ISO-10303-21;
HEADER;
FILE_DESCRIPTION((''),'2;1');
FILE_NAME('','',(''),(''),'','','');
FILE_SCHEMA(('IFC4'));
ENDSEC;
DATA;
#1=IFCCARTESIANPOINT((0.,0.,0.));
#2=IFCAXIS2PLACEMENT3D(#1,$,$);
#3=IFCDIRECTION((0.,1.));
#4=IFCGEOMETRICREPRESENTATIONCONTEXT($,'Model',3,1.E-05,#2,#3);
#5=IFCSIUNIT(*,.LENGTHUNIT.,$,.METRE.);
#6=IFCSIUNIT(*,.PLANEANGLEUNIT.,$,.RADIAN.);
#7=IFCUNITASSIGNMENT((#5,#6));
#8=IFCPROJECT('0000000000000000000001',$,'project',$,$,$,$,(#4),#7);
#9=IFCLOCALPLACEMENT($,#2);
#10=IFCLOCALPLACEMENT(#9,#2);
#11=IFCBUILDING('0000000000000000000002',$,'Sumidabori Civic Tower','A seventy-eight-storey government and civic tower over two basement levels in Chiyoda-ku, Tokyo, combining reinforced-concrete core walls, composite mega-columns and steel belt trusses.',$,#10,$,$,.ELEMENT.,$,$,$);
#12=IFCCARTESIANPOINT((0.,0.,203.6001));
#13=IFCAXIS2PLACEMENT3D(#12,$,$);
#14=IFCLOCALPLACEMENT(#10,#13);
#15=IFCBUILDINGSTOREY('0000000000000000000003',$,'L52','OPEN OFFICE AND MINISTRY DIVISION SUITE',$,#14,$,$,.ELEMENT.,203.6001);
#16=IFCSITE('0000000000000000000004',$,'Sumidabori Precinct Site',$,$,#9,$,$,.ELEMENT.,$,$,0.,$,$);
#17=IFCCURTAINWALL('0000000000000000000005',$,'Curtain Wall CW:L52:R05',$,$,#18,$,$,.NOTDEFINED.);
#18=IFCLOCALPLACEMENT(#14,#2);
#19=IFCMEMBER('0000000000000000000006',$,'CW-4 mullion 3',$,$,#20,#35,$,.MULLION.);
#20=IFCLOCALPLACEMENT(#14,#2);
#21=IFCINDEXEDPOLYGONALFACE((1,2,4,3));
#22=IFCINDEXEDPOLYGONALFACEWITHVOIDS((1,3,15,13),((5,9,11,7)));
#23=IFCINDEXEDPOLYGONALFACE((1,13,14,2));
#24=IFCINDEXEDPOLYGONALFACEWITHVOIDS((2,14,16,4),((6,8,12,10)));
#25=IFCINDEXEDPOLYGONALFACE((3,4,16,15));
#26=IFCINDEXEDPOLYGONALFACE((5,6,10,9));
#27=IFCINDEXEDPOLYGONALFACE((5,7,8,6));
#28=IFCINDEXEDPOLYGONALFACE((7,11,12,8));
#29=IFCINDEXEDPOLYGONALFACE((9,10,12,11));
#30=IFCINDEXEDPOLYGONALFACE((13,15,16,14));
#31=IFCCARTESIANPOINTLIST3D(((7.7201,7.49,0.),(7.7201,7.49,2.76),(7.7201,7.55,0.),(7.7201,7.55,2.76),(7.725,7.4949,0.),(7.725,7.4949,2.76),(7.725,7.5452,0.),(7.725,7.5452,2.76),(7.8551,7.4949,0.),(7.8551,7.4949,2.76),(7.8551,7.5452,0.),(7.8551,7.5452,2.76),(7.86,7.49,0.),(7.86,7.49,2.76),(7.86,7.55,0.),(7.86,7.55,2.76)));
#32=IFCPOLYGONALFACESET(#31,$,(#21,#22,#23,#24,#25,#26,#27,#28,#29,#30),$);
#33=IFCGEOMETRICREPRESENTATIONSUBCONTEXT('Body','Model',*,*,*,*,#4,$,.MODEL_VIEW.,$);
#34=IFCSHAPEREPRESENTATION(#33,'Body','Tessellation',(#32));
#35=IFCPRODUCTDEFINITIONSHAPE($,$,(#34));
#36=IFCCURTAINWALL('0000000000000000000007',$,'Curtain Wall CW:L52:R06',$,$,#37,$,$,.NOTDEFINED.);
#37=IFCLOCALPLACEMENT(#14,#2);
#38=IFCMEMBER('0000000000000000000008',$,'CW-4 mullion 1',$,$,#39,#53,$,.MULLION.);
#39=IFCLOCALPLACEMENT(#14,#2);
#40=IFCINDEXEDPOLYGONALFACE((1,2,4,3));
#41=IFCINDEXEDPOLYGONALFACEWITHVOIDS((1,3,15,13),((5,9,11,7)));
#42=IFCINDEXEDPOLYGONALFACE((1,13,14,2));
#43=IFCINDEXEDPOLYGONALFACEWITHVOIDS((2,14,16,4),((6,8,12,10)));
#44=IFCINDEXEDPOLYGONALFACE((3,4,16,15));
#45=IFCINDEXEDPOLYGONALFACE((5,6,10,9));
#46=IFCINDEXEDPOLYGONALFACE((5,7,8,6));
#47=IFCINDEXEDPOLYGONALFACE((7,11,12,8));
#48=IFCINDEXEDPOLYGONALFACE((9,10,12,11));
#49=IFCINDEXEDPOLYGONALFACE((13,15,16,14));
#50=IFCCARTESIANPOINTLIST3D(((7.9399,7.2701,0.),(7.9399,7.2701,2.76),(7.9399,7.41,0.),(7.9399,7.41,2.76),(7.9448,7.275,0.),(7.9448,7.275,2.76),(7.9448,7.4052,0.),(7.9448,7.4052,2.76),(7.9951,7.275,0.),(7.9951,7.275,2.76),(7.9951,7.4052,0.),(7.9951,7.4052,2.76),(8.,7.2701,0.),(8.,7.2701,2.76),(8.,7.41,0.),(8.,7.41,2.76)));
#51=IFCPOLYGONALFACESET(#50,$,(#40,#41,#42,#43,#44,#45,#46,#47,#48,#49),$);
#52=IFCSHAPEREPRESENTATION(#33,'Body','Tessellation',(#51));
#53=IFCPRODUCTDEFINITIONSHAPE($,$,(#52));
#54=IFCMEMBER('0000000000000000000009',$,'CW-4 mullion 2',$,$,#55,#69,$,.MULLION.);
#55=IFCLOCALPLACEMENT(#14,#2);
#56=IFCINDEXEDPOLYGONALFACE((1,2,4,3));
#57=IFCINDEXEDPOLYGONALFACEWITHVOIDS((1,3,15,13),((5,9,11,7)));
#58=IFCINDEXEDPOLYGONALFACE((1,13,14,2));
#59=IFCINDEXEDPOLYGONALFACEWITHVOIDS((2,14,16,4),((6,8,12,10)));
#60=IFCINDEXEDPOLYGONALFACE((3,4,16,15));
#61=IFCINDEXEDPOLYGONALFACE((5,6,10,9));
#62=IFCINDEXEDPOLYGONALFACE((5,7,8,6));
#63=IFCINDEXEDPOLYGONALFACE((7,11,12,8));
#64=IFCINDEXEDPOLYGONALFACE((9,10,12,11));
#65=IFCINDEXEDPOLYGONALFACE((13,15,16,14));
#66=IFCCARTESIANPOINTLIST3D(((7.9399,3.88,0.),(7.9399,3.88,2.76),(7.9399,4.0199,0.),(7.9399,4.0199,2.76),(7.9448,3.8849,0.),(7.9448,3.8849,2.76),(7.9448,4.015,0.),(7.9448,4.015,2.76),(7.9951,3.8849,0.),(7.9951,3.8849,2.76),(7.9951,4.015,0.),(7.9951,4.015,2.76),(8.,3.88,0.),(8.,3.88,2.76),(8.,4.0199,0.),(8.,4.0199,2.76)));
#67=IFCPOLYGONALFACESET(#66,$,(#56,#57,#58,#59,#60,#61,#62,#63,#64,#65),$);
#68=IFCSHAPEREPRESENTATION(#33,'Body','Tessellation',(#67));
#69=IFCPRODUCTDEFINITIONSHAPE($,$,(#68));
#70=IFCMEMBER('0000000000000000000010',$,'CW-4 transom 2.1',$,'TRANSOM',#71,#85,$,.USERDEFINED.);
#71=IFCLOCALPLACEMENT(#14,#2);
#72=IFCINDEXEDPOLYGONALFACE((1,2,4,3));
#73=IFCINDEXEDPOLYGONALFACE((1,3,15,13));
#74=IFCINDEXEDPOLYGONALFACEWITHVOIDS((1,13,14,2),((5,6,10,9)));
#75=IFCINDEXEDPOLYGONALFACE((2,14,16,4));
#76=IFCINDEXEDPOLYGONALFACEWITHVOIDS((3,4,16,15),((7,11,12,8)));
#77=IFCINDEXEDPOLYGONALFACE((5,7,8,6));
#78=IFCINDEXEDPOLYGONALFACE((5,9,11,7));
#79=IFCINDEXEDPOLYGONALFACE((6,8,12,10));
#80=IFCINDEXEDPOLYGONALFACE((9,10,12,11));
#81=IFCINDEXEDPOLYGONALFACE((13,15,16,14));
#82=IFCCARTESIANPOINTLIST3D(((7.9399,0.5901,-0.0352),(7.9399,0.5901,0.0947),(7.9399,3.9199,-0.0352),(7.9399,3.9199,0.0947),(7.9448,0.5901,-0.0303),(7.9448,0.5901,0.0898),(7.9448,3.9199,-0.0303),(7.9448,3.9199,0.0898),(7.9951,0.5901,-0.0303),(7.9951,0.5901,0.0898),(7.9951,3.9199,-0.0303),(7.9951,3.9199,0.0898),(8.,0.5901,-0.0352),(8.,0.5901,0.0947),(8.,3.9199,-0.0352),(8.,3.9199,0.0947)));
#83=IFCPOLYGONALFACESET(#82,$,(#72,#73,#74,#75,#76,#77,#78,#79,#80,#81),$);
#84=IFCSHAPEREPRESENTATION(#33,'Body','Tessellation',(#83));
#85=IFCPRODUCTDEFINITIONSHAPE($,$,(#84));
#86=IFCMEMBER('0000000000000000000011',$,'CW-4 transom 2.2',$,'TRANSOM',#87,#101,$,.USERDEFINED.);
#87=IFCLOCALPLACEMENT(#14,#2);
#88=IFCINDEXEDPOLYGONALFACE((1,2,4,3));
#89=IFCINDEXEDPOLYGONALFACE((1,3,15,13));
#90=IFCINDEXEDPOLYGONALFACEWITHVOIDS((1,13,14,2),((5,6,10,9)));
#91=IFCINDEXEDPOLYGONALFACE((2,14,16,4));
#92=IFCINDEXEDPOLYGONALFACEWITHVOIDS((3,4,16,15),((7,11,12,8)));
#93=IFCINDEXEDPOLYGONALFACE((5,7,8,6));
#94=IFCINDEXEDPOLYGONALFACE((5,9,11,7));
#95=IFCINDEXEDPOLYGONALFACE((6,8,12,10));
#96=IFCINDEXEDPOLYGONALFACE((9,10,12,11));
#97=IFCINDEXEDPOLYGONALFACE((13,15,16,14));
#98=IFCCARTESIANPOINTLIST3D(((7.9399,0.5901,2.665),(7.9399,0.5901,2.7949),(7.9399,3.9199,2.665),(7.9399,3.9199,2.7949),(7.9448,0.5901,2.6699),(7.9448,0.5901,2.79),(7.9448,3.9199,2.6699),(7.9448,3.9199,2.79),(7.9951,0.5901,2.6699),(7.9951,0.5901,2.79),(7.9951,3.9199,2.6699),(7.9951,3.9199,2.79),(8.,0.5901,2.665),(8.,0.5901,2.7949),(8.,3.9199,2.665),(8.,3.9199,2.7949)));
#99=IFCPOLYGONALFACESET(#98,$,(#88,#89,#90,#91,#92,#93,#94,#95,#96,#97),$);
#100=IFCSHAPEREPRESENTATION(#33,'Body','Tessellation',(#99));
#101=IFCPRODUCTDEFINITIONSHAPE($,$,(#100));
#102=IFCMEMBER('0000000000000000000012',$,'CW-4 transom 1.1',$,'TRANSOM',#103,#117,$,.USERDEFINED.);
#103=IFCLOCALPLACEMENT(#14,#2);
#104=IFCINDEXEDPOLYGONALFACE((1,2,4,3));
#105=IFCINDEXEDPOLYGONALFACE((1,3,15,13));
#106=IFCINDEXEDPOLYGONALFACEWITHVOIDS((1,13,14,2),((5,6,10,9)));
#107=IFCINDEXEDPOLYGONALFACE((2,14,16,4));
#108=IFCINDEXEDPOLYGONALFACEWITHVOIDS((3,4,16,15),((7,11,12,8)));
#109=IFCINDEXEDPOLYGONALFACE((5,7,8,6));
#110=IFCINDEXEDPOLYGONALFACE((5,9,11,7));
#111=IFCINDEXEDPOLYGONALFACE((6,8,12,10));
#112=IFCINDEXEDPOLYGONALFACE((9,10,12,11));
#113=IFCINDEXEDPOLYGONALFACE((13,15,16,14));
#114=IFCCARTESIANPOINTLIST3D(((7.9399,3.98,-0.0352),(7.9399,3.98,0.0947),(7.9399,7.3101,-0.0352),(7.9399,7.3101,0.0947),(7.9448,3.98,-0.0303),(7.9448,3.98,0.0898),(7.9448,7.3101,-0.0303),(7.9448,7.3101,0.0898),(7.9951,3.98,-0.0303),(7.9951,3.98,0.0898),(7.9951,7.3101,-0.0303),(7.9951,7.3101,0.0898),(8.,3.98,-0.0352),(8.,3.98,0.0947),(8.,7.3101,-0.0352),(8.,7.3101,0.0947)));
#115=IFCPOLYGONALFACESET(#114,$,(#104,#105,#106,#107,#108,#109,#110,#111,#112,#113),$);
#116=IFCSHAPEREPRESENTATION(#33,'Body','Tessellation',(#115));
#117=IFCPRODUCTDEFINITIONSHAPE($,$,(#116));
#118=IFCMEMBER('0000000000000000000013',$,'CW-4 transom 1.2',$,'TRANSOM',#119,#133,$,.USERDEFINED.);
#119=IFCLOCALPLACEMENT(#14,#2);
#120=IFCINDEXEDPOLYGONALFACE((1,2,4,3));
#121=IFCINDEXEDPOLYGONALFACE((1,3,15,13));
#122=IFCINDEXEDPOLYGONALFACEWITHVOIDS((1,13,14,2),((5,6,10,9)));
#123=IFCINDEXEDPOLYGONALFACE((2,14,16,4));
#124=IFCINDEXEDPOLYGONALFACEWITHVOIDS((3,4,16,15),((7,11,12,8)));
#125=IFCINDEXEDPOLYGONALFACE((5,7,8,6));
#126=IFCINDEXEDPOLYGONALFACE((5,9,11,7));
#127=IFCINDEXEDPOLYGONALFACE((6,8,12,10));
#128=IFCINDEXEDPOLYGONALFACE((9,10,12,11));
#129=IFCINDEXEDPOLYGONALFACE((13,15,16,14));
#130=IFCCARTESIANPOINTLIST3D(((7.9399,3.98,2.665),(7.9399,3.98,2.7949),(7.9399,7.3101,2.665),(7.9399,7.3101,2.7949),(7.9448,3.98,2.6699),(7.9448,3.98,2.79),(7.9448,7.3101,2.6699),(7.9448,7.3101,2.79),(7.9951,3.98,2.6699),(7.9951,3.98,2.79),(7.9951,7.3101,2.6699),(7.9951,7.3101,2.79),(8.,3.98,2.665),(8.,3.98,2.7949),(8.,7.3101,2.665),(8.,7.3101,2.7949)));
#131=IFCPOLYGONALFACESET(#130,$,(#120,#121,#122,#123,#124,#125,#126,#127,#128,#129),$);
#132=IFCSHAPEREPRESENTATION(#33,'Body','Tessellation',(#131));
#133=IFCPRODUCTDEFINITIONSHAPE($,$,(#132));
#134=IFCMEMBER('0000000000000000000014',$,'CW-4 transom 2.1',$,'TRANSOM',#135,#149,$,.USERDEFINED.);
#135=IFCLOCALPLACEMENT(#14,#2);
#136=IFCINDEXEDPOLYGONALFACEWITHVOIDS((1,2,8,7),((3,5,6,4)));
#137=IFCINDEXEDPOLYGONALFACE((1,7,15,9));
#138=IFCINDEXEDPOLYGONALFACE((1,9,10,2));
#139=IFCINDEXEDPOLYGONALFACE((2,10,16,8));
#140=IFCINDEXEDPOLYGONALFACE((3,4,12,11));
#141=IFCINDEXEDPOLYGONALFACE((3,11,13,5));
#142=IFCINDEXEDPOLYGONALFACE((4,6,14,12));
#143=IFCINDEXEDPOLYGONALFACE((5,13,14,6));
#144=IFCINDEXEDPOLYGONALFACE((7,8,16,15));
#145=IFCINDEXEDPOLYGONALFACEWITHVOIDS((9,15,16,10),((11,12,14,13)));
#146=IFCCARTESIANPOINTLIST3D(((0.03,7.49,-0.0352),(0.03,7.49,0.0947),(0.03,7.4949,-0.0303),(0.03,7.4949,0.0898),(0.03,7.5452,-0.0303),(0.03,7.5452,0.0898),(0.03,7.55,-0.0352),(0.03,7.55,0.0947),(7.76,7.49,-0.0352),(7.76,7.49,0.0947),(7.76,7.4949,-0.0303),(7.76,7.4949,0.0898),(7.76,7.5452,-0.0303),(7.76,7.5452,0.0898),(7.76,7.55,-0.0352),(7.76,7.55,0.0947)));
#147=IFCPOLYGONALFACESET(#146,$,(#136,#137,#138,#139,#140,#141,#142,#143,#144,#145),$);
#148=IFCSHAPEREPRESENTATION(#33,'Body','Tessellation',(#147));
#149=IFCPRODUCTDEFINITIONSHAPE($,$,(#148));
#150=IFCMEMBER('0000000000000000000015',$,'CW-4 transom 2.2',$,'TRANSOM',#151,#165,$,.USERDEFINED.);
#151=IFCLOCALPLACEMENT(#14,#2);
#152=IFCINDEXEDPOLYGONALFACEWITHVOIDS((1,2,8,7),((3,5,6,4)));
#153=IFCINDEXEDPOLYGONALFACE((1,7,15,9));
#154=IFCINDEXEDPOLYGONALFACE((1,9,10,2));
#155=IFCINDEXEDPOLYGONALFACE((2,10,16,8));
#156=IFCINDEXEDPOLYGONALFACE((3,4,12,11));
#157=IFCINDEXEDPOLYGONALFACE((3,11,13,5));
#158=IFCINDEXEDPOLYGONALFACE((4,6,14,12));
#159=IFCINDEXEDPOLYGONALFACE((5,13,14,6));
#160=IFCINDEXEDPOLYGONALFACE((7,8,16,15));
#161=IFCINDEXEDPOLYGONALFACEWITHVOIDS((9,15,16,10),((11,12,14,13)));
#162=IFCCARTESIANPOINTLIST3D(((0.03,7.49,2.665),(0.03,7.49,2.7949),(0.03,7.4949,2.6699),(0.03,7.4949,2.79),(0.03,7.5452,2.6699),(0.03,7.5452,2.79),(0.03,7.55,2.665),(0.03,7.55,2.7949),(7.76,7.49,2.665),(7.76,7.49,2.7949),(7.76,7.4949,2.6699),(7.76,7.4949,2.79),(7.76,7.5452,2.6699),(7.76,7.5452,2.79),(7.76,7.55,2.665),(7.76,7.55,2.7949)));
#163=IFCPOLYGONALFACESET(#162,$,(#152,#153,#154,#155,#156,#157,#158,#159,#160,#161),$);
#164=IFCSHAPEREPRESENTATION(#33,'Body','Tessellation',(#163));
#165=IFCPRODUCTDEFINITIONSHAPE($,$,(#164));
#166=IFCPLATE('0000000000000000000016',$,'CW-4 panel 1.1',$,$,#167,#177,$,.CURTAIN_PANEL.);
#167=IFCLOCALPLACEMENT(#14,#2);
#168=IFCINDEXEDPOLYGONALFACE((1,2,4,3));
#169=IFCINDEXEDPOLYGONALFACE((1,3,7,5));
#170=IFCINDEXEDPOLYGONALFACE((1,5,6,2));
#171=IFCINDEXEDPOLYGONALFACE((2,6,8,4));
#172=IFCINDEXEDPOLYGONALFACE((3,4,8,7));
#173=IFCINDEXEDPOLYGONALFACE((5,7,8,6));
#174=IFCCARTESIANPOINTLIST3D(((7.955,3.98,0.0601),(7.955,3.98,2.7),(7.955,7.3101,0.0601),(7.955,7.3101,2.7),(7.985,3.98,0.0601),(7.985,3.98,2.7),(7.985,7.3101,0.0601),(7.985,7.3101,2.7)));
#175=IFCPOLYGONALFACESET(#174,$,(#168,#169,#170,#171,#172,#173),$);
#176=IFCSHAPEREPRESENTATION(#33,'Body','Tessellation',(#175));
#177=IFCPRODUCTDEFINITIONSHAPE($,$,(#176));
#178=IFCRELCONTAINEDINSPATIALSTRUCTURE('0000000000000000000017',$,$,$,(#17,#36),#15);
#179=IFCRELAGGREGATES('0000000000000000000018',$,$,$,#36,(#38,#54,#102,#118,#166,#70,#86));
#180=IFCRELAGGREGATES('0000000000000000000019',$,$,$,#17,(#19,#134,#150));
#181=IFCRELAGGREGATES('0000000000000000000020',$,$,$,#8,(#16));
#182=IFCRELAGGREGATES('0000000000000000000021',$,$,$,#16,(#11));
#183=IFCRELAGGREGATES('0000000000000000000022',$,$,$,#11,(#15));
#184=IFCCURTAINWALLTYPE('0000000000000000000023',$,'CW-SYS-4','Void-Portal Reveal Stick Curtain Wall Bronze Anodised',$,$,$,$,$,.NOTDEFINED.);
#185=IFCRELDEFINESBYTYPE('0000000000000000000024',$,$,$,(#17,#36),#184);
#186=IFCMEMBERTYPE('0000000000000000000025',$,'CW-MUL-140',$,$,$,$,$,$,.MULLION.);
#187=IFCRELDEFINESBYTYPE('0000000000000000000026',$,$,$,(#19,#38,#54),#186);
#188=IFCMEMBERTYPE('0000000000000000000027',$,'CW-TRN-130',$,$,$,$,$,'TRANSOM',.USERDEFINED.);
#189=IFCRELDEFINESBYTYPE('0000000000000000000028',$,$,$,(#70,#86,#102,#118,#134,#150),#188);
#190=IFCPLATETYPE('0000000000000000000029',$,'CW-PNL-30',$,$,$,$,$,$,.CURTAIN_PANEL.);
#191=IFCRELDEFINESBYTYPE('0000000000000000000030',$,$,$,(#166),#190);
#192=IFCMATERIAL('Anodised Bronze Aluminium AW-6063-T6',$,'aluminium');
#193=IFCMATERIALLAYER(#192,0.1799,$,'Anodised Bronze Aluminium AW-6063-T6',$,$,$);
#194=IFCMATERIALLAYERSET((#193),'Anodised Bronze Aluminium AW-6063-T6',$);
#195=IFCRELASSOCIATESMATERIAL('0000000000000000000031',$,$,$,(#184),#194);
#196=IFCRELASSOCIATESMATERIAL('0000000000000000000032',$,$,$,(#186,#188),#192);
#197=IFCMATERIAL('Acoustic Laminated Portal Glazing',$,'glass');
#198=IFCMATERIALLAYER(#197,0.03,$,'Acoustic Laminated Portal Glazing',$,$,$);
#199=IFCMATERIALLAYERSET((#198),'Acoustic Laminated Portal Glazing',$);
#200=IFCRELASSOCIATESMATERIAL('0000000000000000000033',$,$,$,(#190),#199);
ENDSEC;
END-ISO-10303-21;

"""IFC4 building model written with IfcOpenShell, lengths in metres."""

from ifc_helpers import new_model, si_unit, direction, frame, origin, origin_2d, place, context, subcontext, project, spatial, rectangle, hollow_rectangle, extrude, source, transform, mapped, material, layer, layer_set, material_profile, profile_set, type_object, element, aggregate, save


model = new_model("IFC4")

# Units and contexts
model_context = context("Model", 3, precision=1e-05, world=origin(), true_north=direction((0.0, 1.0)))
body_context = subcontext(model_context, "Body", "Model", "MODEL_VIEW")
ifc_project = project(units=[si_unit("LENGTHUNIT", "METRE"), si_unit("PLANEANGLEUNIT", "RADIAN")], contexts=[model_context])

# Site, building, storey
site_placement = place(None, origin())
site = spatial("IfcSite", under=ifc_project, at=site_placement, Name="Sumidabori Precinct Site", CompositionType="ELEMENT", RefElevation=0.0)
building_placement = place(site_placement, origin())
building = spatial("IfcBuilding", under=site, at=building_placement, Name="Sumidabori Civic Tower", Description="A seventy-eight-storey government and civic tower over two basement levels in Chiyoda-ku, Tokyo, combining reinforced-concrete core walls, composite mega-columns and steel belt trusses.", CompositionType="ELEMENT")
storey_placement = place(building_placement, frame((0.0, 0.0, 203.6001)))
storey = spatial("IfcBuildingStorey", under=building, at=storey_placement, Name="L52", Description="OPEN OFFICE AND MINISTRY DIVISION SUITE", CompositionType="ELEMENT", Elevation=203.6001)

# Curtain wall, member
ifc_material_1 = material(Name="Anodised Bronze Aluminium AW-6063-T6", Category="aluminium")
ifc_layer_1 = layer(ifc_material_1, 0.1799, Name="Anodised Bronze Aluminium AW-6063-T6")
ifc_layer_set_1 = layer_set([ifc_layer_1], Name="Anodised Bronze Aluminium AW-6063-T6")
curtain_wall_type = type_object("IfcCurtainWallType", Name="CW-SYS-4", Description="Void-Portal Reveal Stick Curtain Wall Bronze Anodised", PredefinedType="NOTDEFINED", material=ifc_layer_set_1)
curtain_wall_1_placement = place(storey_placement, origin())
curtain_wall_1 = element("IfcCurtainWall", 1, at=curtain_wall_1_placement, inside=storey, type_object=curtain_wall_type, Name="Curtain Wall CW:L52:R05", PredefinedType="NOTDEFINED")
ifc_material_profile_1 = material_profile(ifc_material_1, hollow_rectangle(XDim=0.0601, YDim=0.1399, WallThickness=0.0049, at=origin_2d()), Name="ALU MULLION 140x60")
ifc_profile_set_1 = profile_set([ifc_material_profile_1], Name="Anodised Bronze Aluminium AW-6063-T6")
member_type_1 = type_object("IfcMemberType", Name="CW-MUL-140", PredefinedType="MULLION", material=ifc_profile_set_1)
shared_shape_1 = source(origin(), body_context, "Body", "SweptSolid", [
    extrude(hollow_rectangle(XDim=0.0601, YDim=0.1399, WallThickness=0.0049, at=origin_2d()), origin(), (0.0, 0.0, 1.0), 2.76),
])
member_1_placement = place(storey_placement, frame((7.79, 7.52, 0.0), z_axis=(0.0, 0.0, 1.0), x_axis=(0.0, 1.0, 0.0)))
member_1 = element("IfcMember", 2, at=member_1_placement, type_object=member_type_1, Name="CW-4 mullion 3", PredefinedType="MULLION", context=body_context, shape_type="MappedRepresentation", body=[
    mapped(shared_shape_1, transform((0.0, 0.0, 0.0), x_axis=(1.0, 0.0, 0.0), y_axis=(0.0, 1.0, 0.0), z_axis=(0.0, 0.0, 1.0), scale=1.0)),
])

# Curtain wall, members
curtain_wall_2_placement = place(storey_placement, origin())
curtain_wall_2 = element("IfcCurtainWall", 3, at=curtain_wall_2_placement, inside=storey, type_object=curtain_wall_type, Name="Curtain Wall CW:L52:R06", PredefinedType="NOTDEFINED")
member_2_placement = place(storey_placement, frame((7.97, 7.3401, 0.0), z_axis=(0.0, 0.0, 1.0), x_axis=(1.0, 0.0, 0.0)))
member_2 = element("IfcMember", 4, at=member_2_placement, type_object=member_type_1, Name="CW-4 mullion 1", PredefinedType="MULLION", context=body_context, shape_type="MappedRepresentation", body=[
    mapped(shared_shape_1, transform((0.0, 0.0, 0.0), x_axis=(1.0, 0.0, 0.0), y_axis=(0.0, 1.0, 0.0), z_axis=(0.0, 0.0, 1.0), scale=1.0)),
])
member_3_placement = place(storey_placement, frame((7.97, 3.95, 0.0), z_axis=(0.0, 0.0, 1.0), x_axis=(1.0, 0.0, 0.0)))
member_3 = element("IfcMember", 5, at=member_3_placement, type_object=member_type_1, Name="CW-4 mullion 2", PredefinedType="MULLION", context=body_context, shape_type="MappedRepresentation", body=[
    mapped(shared_shape_1, transform((0.0, 0.0, 0.0), x_axis=(1.0, 0.0, 0.0), y_axis=(0.0, 1.0, 0.0), z_axis=(0.0, 0.0, 1.0), scale=1.0)),
])
ifc_material_profile_2 = material_profile(ifc_material_1, hollow_rectangle(XDim=0.0601, YDim=0.1299, WallThickness=0.0049, at=origin_2d()), Name="ALU TRANSOM 130x60")
ifc_profile_set_2 = profile_set([ifc_material_profile_2], Name="Anodised Bronze Aluminium AW-6063-T6")
member_type_2 = type_object("IfcMemberType", Name="CW-TRN-130", ElementType="TRANSOM", PredefinedType="USERDEFINED", material=ifc_profile_set_2)
shared_shape_2 = source(origin(), body_context, "Body", "SweptSolid", [
    extrude(hollow_rectangle(XDim=0.0601, YDim=0.1299, WallThickness=0.0049, at=origin_2d()), origin(), (0.0, 0.0, 1.0), 3.3298),
])
member_4_placement = place(storey_placement, frame((7.97, 3.9199, 0.0298), z_axis=(0.0, -1.0, 0.0), x_axis=(1.0, 0.0, 0.0)))
member_4 = element("IfcMember", 6, at=member_4_placement, type_object=member_type_2, Name="CW-4 transom 2.1", ObjectType="TRANSOM", PredefinedType="USERDEFINED", context=body_context, shape_type="MappedRepresentation", body=[
    mapped(shared_shape_2, transform((0.0, 0.0, 0.0), x_axis=(1.0, 0.0, 0.0), y_axis=(0.0, 1.0, 0.0), z_axis=(0.0, 0.0, 1.0), scale=1.0)),
])
member_5_placement = place(storey_placement, frame((7.97, 3.9199, 2.73), z_axis=(0.0, -1.0, 0.0), x_axis=(1.0, 0.0, 0.0)))
member_5 = element("IfcMember", 7, at=member_5_placement, type_object=member_type_2, Name="CW-4 transom 2.2", ObjectType="TRANSOM", PredefinedType="USERDEFINED", context=body_context, shape_type="MappedRepresentation", body=[
    mapped(shared_shape_2, transform((0.0, 0.0, 0.0), x_axis=(1.0, 0.0, 0.0), y_axis=(0.0, 1.0, 0.0), z_axis=(0.0, 0.0, 1.0), scale=1.0)),
])
shared_shape_3 = source(origin(), body_context, "Body", "SweptSolid", [
    extrude(hollow_rectangle(XDim=0.0601, YDim=0.1299, WallThickness=0.0049, at=origin_2d()), origin(), (0.0, 0.0, 1.0), 3.3301),
])
member_6_placement = place(storey_placement, frame((7.97, 7.3101, 0.0298), z_axis=(0.0, -1.0, 0.0), x_axis=(1.0, 0.0, 0.0)))
member_6 = element("IfcMember", 8, at=member_6_placement, type_object=member_type_2, Name="CW-4 transom 1.1", ObjectType="TRANSOM", PredefinedType="USERDEFINED", context=body_context, shape_type="MappedRepresentation", body=[
    mapped(shared_shape_3, transform((0.0, 0.0, 0.0), x_axis=(1.0, 0.0, 0.0), y_axis=(0.0, 1.0, 0.0), z_axis=(0.0, 0.0, 1.0), scale=1.0)),
])
member_7_placement = place(storey_placement, frame((7.97, 7.3101, 2.73), z_axis=(0.0, -1.0, 0.0), x_axis=(1.0, 0.0, 0.0)))
member_7 = element("IfcMember", 9, at=member_7_placement, type_object=member_type_2, Name="CW-4 transom 1.2", ObjectType="TRANSOM", PredefinedType="USERDEFINED", context=body_context, shape_type="MappedRepresentation", body=[
    mapped(shared_shape_3, transform((0.0, 0.0, 0.0), x_axis=(1.0, 0.0, 0.0), y_axis=(0.0, 1.0, 0.0), z_axis=(0.0, 0.0, 1.0), scale=1.0)),
])

# Members
shared_shape_4 = source(origin(), body_context, "Body", "SweptSolid", [
    extrude(hollow_rectangle(XDim=0.0601, YDim=0.1299, WallThickness=0.0049, at=origin_2d()), origin(), (0.0, 0.0, 1.0), 7.73),
])
member_8_placement = place(storey_placement, frame((0.03, 7.52, 0.0298), z_axis=(1.0, 0.0, 0.0), x_axis=(0.0, 1.0, 0.0)))
member_8 = element("IfcMember", 10, at=member_8_placement, type_object=member_type_2, Name="CW-4 transom 2.1", ObjectType="TRANSOM", PredefinedType="USERDEFINED", context=body_context, shape_type="MappedRepresentation", body=[
    mapped(shared_shape_4, transform((0.0, 0.0, 0.0), x_axis=(1.0, 0.0, 0.0), y_axis=(0.0, 1.0, 0.0), z_axis=(0.0, 0.0, 1.0), scale=1.0)),
])
member_9_placement = place(storey_placement, frame((0.03, 7.52, 2.73), z_axis=(1.0, 0.0, 0.0), x_axis=(0.0, 1.0, 0.0)))
member_9 = element("IfcMember", 11, at=member_9_placement, type_object=member_type_2, Name="CW-4 transom 2.2", ObjectType="TRANSOM", PredefinedType="USERDEFINED", context=body_context, shape_type="MappedRepresentation", body=[
    mapped(shared_shape_4, transform((0.0, 0.0, 0.0), x_axis=(1.0, 0.0, 0.0), y_axis=(0.0, 1.0, 0.0), z_axis=(0.0, 0.0, 1.0), scale=1.0)),
])

# Plate
ifc_material_2 = material(Name="Acoustic Laminated Portal Glazing", Category="glass")
ifc_layer_2 = layer(ifc_material_2, 0.03, Name="Acoustic Laminated Portal Glazing")
ifc_layer_set_2 = layer_set([ifc_layer_2], Name="Acoustic Laminated Portal Glazing")
plate_type = type_object("IfcPlateType", Name="CW-PNL-30", PredefinedType="CURTAIN_PANEL", material=ifc_layer_set_2)
shared_shape_5 = source(origin(), body_context, "Body", "SweptSolid", [
    extrude(rectangle(XDim=3.3301, YDim=0.03, at=origin_2d()), origin(), (0.0, 0.0, 1.0), 2.6399),
])
plate_1_placement = place(storey_placement, frame((7.97, 5.645, 0.0601), z_axis=(0.0, 0.0, 1.0), x_axis=(0.0, -1.0, 0.0)))
plate_1 = element("IfcPlate", 12, at=plate_1_placement, type_object=plate_type, Name="CW-4 panel 1.1", PredefinedType="CURTAIN_PANEL", context=body_context, shape_type="MappedRepresentation", body=[
    mapped(shared_shape_5, transform((0.0, 0.0, 0.0), x_axis=(1.0, 0.0, 0.0), y_axis=(0.0, 1.0, 0.0), z_axis=(0.0, 0.0, 1.0), scale=1.0)),
])
aggregate(curtain_wall_2, [member_2, member_3, member_6, member_7, plate_1, member_4, member_5])
aggregate(curtain_wall_1, [member_1, member_8, member_9])

save(model, "model.ifc")
